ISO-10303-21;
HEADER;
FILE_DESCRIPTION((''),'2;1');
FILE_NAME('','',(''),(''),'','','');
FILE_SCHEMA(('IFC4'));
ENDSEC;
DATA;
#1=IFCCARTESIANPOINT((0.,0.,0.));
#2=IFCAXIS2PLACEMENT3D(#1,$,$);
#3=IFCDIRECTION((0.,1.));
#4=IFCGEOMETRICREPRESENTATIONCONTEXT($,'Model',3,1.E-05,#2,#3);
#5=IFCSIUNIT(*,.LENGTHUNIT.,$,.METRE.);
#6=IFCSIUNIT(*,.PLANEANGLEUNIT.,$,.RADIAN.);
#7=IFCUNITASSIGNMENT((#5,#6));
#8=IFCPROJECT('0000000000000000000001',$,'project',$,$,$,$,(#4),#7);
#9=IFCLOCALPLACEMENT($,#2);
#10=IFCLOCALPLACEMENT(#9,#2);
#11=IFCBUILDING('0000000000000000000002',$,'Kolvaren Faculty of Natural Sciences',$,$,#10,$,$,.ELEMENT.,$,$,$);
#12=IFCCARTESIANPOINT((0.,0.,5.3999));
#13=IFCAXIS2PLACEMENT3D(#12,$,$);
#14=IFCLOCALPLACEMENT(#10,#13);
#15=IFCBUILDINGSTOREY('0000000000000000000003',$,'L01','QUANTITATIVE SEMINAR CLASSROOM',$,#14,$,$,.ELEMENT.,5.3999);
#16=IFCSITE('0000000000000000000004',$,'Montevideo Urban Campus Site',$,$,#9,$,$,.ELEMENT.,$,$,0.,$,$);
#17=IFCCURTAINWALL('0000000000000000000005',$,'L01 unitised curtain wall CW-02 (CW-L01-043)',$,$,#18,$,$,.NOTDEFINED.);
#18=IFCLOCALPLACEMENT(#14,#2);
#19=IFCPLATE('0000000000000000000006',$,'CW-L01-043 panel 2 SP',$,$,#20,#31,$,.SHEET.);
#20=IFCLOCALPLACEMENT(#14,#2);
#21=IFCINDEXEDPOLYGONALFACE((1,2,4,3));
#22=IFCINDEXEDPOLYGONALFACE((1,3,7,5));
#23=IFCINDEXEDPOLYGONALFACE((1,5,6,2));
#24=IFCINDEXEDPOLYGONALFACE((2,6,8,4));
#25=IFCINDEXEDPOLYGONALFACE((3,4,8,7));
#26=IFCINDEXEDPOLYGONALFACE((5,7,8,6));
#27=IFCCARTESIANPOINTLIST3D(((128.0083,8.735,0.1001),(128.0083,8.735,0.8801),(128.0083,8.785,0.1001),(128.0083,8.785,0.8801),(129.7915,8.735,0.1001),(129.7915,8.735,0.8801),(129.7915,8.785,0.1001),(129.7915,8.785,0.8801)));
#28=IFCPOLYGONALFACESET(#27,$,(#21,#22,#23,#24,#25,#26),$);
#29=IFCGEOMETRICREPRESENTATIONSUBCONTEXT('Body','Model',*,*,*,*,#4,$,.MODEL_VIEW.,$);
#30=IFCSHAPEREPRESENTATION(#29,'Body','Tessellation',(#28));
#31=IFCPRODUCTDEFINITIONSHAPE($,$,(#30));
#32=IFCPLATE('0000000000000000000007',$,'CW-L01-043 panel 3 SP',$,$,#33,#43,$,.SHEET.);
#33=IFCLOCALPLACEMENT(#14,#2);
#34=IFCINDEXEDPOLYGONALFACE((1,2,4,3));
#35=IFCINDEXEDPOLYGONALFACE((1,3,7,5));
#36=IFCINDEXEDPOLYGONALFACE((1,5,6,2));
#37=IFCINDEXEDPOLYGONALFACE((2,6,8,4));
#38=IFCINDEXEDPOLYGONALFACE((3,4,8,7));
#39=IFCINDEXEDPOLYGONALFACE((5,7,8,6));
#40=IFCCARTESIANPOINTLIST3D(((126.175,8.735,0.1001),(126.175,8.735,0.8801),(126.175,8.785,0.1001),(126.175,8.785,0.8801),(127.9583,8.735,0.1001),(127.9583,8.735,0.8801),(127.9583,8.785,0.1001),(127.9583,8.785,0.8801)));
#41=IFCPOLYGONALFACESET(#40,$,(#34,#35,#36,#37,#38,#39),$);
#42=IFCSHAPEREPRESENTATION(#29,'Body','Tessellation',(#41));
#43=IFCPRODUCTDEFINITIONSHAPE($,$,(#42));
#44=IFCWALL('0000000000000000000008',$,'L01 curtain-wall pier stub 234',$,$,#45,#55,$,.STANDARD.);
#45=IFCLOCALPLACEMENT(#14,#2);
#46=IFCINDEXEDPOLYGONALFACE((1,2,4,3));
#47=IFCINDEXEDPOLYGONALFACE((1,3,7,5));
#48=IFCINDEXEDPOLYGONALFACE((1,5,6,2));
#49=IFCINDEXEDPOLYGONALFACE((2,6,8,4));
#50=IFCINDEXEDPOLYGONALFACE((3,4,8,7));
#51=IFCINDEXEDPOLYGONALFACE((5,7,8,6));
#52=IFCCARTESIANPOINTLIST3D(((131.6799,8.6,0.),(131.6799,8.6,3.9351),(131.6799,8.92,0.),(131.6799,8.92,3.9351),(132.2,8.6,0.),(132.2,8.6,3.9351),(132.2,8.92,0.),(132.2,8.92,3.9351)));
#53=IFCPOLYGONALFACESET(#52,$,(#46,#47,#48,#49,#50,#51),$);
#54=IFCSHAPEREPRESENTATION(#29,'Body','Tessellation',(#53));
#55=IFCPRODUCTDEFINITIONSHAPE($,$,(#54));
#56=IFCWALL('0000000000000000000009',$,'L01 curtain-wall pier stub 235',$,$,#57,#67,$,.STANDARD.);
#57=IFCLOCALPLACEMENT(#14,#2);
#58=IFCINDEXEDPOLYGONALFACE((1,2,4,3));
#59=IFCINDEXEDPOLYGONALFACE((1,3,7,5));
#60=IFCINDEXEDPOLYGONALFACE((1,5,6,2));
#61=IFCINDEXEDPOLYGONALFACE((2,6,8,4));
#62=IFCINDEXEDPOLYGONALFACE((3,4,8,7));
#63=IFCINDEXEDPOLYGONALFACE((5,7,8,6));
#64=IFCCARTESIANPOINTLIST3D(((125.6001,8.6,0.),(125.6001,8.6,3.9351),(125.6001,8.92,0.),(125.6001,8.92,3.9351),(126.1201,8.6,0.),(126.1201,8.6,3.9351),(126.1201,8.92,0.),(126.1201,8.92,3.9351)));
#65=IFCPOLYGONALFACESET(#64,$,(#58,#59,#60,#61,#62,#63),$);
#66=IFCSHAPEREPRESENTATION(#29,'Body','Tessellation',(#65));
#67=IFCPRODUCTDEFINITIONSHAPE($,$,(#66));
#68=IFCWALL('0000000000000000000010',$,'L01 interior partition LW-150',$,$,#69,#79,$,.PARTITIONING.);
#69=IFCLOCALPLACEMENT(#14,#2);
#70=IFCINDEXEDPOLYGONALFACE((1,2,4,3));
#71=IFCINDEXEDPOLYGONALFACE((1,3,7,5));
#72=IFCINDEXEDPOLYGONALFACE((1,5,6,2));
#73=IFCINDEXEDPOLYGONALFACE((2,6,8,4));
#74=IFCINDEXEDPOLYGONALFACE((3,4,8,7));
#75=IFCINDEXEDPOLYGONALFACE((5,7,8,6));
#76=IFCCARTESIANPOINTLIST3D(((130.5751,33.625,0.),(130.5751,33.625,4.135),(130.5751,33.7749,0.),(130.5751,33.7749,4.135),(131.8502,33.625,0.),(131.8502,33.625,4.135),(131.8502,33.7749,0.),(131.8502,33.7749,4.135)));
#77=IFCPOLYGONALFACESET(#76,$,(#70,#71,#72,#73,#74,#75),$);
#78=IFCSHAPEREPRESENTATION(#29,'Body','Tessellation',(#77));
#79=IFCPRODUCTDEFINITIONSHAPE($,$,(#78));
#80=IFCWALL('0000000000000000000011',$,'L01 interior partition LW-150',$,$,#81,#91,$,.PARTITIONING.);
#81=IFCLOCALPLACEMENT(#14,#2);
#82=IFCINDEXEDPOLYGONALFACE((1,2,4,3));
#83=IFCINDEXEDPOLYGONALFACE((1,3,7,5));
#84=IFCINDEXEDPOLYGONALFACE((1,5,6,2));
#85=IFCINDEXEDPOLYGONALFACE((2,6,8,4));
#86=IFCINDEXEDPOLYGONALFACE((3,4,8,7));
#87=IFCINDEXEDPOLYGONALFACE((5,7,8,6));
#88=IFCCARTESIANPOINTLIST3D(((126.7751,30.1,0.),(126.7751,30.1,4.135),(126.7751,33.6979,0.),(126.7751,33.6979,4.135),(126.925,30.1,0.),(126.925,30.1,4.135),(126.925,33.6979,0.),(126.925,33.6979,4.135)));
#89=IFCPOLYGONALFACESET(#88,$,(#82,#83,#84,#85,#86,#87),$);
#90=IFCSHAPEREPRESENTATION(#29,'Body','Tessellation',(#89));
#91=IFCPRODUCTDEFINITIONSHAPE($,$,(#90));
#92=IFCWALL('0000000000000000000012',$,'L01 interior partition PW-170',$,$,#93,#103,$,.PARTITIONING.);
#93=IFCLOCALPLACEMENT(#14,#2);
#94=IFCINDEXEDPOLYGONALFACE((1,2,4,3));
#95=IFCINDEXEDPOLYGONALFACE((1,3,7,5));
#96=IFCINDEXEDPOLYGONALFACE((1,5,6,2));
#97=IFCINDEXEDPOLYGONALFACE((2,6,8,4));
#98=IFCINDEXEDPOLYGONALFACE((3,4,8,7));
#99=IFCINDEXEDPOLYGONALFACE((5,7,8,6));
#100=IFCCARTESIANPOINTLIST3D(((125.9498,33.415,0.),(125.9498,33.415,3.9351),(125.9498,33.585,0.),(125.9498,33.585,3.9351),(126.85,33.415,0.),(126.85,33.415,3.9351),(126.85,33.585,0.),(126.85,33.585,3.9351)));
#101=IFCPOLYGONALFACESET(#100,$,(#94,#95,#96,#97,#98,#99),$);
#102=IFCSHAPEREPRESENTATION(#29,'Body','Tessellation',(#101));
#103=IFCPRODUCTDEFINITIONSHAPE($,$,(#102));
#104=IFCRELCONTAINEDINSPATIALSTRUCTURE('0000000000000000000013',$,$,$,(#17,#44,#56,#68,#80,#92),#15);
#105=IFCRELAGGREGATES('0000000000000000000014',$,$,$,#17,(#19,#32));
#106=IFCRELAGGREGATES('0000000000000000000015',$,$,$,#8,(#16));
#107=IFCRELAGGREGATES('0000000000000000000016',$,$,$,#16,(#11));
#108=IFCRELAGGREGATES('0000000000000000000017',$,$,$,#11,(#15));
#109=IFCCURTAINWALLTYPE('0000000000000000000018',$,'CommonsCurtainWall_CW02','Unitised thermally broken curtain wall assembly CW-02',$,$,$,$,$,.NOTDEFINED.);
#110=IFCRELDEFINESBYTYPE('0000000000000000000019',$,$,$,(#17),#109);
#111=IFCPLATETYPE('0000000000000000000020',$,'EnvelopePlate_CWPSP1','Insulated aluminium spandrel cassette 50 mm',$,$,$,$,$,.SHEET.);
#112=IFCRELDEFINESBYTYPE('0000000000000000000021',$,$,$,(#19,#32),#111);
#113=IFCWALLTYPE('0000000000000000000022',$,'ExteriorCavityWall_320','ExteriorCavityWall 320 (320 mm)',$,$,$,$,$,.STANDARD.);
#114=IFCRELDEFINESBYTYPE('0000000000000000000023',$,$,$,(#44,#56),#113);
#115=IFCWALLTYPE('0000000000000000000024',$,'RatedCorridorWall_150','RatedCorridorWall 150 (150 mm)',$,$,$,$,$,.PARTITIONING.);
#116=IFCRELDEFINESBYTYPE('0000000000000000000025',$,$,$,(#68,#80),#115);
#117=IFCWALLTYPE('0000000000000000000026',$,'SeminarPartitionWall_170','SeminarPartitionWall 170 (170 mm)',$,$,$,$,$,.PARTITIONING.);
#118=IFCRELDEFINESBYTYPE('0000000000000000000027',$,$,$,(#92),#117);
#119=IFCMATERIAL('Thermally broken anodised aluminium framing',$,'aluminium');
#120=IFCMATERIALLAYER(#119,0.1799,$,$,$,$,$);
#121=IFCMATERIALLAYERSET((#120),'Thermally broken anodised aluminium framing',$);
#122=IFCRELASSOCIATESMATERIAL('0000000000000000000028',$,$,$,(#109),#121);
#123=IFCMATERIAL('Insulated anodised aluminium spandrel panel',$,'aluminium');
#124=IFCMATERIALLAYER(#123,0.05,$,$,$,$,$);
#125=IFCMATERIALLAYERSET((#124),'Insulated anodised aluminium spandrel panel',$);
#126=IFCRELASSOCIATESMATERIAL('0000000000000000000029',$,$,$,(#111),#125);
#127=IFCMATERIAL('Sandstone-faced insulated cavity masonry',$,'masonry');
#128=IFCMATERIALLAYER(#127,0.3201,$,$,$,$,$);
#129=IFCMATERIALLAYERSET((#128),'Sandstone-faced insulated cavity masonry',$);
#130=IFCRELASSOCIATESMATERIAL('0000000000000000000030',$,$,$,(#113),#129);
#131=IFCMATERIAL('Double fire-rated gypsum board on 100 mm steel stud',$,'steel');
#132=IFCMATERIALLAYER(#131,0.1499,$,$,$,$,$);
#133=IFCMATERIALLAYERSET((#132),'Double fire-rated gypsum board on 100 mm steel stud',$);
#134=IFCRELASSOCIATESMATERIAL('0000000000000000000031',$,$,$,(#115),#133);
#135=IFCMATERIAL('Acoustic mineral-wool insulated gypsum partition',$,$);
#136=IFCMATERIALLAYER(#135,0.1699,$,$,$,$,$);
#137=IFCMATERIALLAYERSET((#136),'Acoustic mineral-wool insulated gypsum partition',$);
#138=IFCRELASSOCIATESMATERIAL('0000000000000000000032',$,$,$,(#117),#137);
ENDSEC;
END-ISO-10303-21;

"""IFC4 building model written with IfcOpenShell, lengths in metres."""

from ifc_helpers import new_model, si_unit, direction, frame, frame_2d, origin, origin_2d, place, context, subcontext, project, spatial, rectangle, extrude, material, layer, layer_set, type_object, element, aggregate, save


model = new_model("IFC4")

# Units and contexts
model_context = context("Model", 3, precision=1e-05, world=origin(), true_north=direction((0.0, 1.0)))
body_context = subcontext(model_context, "Body", "Model", "MODEL_VIEW")
ifc_project = project(units=[si_unit("LENGTHUNIT", "METRE"), si_unit("PLANEANGLEUNIT", "RADIAN")], contexts=[model_context])

# Site, building, storey
site_placement = place(None, origin())
site = spatial("IfcSite", under=ifc_project, at=site_placement, Name="Montevideo Urban Campus Site", CompositionType="ELEMENT", RefElevation=0.0)
building_placement = place(site_placement, origin())
building = spatial("IfcBuilding", under=site, at=building_placement, Name="Kolvaren Faculty of Natural Sciences", CompositionType="ELEMENT")
storey_placement = place(building_placement, frame((0.0, 0.0, 5.3999)))
storey = spatial("IfcBuildingStorey", under=building, at=storey_placement, Name="L01", Description="QUANTITATIVE SEMINAR CLASSROOM", CompositionType="ELEMENT", Elevation=5.3999)

# Curtain wall
ifc_material_1 = material(Name="Thermally broken anodised aluminium framing", Category="aluminium")
ifc_layer_1 = layer(ifc_material_1, 0.1799)
ifc_layer_set_1 = layer_set([ifc_layer_1], Name="Thermally broken anodised aluminium framing")
curtain_wall_type = type_object("IfcCurtainWallType", Name="CommonsCurtainWall_CW02", Description="Unitised thermally broken curtain wall assembly CW-02", PredefinedType="NOTDEFINED", material=ifc_layer_set_1)
curtain_wall_placement = place(storey_placement, origin())
curtain_wall = element("IfcCurtainWall", 1, at=curtain_wall_placement, inside=storey, type_object=curtain_wall_type, Name="L01 unitised curtain wall CW-02 (CW-L01-043)", PredefinedType="NOTDEFINED")

# Plates
ifc_material_2 = material(Name="Insulated anodised aluminium spandrel panel", Category="aluminium")
ifc_layer_2 = layer(ifc_material_2, 0.05)
ifc_layer_set_2 = layer_set([ifc_layer_2], Name="Insulated anodised aluminium spandrel panel")
plate_type_1 = type_object("IfcPlateType", Name="EnvelopePlate_CWPSP1", Description="Insulated aluminium spandrel cassette 50 mm", PredefinedType="SHEET", material=ifc_layer_set_2)
plate_1_placement = place(storey_placement, frame((128.8999, 8.76, 0.1001), z_axis=(0.0, 0.0, 1.0), x_axis=(-1.0, 0.0, 0.0)))
plate_1 = element("IfcPlate", 2, at=plate_1_placement, type_object=plate_type_1, Name="CW-L01-043 panel 2 SP", PredefinedType="SHEET", context=body_context, shape_type="SweptSolid", body=[
    extrude(rectangle(XDim=1.7832, YDim=0.05, at=origin_2d()), origin(), (0.0, 0.0, 1.0), 0.78),
])
plate_2_placement = place(storey_placement, frame((127.0667, 8.76, 0.1001), z_axis=(0.0, 0.0, 1.0), x_axis=(-1.0, 0.0, 0.0)))
plate_2 = element("IfcPlate", 3, at=plate_2_placement, type_object=plate_type_1, Name="CW-L01-043 panel 3 SP", PredefinedType="SHEET", context=body_context, shape_type="SweptSolid", body=[
    extrude(rectangle(XDim=1.7832, YDim=0.05, at=origin_2d()), origin(), (0.0, 0.0, 1.0), 0.78),
])
aggregate(curtain_wall, [plate_1, plate_2])

# Walls
ifc_material_3 = material(Name="Sandstone-faced insulated cavity masonry", Category="masonry")
ifc_layer_3 = layer(ifc_material_3, 0.3201)
ifc_layer_set_3 = layer_set([ifc_layer_3], Name="Sandstone-faced insulated cavity masonry")
wall_type_1 = type_object("IfcWallType", Name="ExteriorCavityWall_320", Description="ExteriorCavityWall 320 (320 mm)", PredefinedType="STANDARD", material=ifc_layer_set_3)
for number, where, z_axis, x_axis, name in (
    (4, (132.2, 8.76, 0.0), (0.0, 0.0, 1.0), (-1.0, 0.0, 0.0), "L01 curtain-wall pier stub 234"),
    (5, (126.1201, 8.76, 0.0), (0.0, 0.0, 1.0), (-1.0, 0.0, 0.0), "L01 curtain-wall pier stub 235"),
):
    element("IfcWall", number, at=place(storey_placement, frame(where, z_axis=z_axis, x_axis=x_axis)), inside=storey, type_object=wall_type_1, Name=name, PredefinedType="STANDARD", context=body_context, shape_type="SweptSolid", body=[
        extrude(rectangle(XDim=0.52, YDim=0.3201, at=frame_2d((0.26, 0.0))), origin(), (0.0, 0.0, 1.0), 3.9351),
    ])
ifc_material_4 = material(Name="Double fire-rated gypsum board on 100 mm steel stud", Category="steel")
ifc_layer_4 = layer(ifc_material_4, 0.1499)
ifc_layer_set_4 = layer_set([ifc_layer_4], Name="Double fire-rated gypsum board on 100 mm steel stud")
wall_type_2 = type_object("IfcWallType", Name="RatedCorridorWall_150", Description="RatedCorridorWall 150 (150 mm)", PredefinedType="PARTITIONING", material=ifc_layer_set_4)
wall_1_placement = place(storey_placement, frame((130.575, 33.7, 0.0), z_axis=(0.0, 0.0, 1.0), x_axis=(1.0, 0.0, 0.0)))
element("IfcWall", 6, at=wall_1_placement, inside=storey, type_object=wall_type_2, Name="L01 interior partition LW-150", PredefinedType="PARTITIONING", context=body_context, shape_type="SweptSolid", body=[
    extrude(rectangle(XDim=1.2751, YDim=0.1499, at=frame_2d((0.6377, 0.0))), origin(), (0.0, 0.0, 1.0), 4.135),
])
wall_2_placement = place(storey_placement, frame((126.8501, 30.1001, 0.0), z_axis=(0.0, 0.0, 1.0), x_axis=(0.0, 1.0, 0.0)))
element("IfcWall", 7, at=wall_2_placement, inside=storey, type_object=wall_type_2, Name="L01 interior partition LW-150", PredefinedType="PARTITIONING", context=body_context, shape_type="SweptSolid", body=[
    extrude(rectangle(XDim=3.5979, YDim=0.1499, at=frame_2d((1.7988, 0.0))), origin(), (0.0, 0.0, 1.0), 4.135),
])
ifc_material_5 = material(Name="Acoustic mineral-wool insulated gypsum partition")
ifc_layer_5 = layer(ifc_material_5, 0.1699)
ifc_layer_set_5 = layer_set([ifc_layer_5], Name="Acoustic mineral-wool insulated gypsum partition")
wall_type_3 = type_object("IfcWallType", Name="SeminarPartitionWall_170", Description="SeminarPartitionWall 170 (170 mm)", PredefinedType="PARTITIONING", material=ifc_layer_set_5)
wall_3_placement = place(storey_placement, frame((126.8501, 33.5, 0.0), z_axis=(0.0, 0.0, 1.0), x_axis=(-1.0, 0.0, 0.0)))
element("IfcWall", 8, at=wall_3_placement, inside=storey, type_object=wall_type_3, Name="L01 interior partition PW-170", PredefinedType="PARTITIONING", context=body_context, shape_type="SweptSolid", body=[
    extrude(rectangle(XDim=0.9001, YDim=0.1699, at=frame_2d((0.4502, 0.0))), origin(), (0.0, 0.0, 1.0), 3.9351),
])

save(model, "model.ifc")
